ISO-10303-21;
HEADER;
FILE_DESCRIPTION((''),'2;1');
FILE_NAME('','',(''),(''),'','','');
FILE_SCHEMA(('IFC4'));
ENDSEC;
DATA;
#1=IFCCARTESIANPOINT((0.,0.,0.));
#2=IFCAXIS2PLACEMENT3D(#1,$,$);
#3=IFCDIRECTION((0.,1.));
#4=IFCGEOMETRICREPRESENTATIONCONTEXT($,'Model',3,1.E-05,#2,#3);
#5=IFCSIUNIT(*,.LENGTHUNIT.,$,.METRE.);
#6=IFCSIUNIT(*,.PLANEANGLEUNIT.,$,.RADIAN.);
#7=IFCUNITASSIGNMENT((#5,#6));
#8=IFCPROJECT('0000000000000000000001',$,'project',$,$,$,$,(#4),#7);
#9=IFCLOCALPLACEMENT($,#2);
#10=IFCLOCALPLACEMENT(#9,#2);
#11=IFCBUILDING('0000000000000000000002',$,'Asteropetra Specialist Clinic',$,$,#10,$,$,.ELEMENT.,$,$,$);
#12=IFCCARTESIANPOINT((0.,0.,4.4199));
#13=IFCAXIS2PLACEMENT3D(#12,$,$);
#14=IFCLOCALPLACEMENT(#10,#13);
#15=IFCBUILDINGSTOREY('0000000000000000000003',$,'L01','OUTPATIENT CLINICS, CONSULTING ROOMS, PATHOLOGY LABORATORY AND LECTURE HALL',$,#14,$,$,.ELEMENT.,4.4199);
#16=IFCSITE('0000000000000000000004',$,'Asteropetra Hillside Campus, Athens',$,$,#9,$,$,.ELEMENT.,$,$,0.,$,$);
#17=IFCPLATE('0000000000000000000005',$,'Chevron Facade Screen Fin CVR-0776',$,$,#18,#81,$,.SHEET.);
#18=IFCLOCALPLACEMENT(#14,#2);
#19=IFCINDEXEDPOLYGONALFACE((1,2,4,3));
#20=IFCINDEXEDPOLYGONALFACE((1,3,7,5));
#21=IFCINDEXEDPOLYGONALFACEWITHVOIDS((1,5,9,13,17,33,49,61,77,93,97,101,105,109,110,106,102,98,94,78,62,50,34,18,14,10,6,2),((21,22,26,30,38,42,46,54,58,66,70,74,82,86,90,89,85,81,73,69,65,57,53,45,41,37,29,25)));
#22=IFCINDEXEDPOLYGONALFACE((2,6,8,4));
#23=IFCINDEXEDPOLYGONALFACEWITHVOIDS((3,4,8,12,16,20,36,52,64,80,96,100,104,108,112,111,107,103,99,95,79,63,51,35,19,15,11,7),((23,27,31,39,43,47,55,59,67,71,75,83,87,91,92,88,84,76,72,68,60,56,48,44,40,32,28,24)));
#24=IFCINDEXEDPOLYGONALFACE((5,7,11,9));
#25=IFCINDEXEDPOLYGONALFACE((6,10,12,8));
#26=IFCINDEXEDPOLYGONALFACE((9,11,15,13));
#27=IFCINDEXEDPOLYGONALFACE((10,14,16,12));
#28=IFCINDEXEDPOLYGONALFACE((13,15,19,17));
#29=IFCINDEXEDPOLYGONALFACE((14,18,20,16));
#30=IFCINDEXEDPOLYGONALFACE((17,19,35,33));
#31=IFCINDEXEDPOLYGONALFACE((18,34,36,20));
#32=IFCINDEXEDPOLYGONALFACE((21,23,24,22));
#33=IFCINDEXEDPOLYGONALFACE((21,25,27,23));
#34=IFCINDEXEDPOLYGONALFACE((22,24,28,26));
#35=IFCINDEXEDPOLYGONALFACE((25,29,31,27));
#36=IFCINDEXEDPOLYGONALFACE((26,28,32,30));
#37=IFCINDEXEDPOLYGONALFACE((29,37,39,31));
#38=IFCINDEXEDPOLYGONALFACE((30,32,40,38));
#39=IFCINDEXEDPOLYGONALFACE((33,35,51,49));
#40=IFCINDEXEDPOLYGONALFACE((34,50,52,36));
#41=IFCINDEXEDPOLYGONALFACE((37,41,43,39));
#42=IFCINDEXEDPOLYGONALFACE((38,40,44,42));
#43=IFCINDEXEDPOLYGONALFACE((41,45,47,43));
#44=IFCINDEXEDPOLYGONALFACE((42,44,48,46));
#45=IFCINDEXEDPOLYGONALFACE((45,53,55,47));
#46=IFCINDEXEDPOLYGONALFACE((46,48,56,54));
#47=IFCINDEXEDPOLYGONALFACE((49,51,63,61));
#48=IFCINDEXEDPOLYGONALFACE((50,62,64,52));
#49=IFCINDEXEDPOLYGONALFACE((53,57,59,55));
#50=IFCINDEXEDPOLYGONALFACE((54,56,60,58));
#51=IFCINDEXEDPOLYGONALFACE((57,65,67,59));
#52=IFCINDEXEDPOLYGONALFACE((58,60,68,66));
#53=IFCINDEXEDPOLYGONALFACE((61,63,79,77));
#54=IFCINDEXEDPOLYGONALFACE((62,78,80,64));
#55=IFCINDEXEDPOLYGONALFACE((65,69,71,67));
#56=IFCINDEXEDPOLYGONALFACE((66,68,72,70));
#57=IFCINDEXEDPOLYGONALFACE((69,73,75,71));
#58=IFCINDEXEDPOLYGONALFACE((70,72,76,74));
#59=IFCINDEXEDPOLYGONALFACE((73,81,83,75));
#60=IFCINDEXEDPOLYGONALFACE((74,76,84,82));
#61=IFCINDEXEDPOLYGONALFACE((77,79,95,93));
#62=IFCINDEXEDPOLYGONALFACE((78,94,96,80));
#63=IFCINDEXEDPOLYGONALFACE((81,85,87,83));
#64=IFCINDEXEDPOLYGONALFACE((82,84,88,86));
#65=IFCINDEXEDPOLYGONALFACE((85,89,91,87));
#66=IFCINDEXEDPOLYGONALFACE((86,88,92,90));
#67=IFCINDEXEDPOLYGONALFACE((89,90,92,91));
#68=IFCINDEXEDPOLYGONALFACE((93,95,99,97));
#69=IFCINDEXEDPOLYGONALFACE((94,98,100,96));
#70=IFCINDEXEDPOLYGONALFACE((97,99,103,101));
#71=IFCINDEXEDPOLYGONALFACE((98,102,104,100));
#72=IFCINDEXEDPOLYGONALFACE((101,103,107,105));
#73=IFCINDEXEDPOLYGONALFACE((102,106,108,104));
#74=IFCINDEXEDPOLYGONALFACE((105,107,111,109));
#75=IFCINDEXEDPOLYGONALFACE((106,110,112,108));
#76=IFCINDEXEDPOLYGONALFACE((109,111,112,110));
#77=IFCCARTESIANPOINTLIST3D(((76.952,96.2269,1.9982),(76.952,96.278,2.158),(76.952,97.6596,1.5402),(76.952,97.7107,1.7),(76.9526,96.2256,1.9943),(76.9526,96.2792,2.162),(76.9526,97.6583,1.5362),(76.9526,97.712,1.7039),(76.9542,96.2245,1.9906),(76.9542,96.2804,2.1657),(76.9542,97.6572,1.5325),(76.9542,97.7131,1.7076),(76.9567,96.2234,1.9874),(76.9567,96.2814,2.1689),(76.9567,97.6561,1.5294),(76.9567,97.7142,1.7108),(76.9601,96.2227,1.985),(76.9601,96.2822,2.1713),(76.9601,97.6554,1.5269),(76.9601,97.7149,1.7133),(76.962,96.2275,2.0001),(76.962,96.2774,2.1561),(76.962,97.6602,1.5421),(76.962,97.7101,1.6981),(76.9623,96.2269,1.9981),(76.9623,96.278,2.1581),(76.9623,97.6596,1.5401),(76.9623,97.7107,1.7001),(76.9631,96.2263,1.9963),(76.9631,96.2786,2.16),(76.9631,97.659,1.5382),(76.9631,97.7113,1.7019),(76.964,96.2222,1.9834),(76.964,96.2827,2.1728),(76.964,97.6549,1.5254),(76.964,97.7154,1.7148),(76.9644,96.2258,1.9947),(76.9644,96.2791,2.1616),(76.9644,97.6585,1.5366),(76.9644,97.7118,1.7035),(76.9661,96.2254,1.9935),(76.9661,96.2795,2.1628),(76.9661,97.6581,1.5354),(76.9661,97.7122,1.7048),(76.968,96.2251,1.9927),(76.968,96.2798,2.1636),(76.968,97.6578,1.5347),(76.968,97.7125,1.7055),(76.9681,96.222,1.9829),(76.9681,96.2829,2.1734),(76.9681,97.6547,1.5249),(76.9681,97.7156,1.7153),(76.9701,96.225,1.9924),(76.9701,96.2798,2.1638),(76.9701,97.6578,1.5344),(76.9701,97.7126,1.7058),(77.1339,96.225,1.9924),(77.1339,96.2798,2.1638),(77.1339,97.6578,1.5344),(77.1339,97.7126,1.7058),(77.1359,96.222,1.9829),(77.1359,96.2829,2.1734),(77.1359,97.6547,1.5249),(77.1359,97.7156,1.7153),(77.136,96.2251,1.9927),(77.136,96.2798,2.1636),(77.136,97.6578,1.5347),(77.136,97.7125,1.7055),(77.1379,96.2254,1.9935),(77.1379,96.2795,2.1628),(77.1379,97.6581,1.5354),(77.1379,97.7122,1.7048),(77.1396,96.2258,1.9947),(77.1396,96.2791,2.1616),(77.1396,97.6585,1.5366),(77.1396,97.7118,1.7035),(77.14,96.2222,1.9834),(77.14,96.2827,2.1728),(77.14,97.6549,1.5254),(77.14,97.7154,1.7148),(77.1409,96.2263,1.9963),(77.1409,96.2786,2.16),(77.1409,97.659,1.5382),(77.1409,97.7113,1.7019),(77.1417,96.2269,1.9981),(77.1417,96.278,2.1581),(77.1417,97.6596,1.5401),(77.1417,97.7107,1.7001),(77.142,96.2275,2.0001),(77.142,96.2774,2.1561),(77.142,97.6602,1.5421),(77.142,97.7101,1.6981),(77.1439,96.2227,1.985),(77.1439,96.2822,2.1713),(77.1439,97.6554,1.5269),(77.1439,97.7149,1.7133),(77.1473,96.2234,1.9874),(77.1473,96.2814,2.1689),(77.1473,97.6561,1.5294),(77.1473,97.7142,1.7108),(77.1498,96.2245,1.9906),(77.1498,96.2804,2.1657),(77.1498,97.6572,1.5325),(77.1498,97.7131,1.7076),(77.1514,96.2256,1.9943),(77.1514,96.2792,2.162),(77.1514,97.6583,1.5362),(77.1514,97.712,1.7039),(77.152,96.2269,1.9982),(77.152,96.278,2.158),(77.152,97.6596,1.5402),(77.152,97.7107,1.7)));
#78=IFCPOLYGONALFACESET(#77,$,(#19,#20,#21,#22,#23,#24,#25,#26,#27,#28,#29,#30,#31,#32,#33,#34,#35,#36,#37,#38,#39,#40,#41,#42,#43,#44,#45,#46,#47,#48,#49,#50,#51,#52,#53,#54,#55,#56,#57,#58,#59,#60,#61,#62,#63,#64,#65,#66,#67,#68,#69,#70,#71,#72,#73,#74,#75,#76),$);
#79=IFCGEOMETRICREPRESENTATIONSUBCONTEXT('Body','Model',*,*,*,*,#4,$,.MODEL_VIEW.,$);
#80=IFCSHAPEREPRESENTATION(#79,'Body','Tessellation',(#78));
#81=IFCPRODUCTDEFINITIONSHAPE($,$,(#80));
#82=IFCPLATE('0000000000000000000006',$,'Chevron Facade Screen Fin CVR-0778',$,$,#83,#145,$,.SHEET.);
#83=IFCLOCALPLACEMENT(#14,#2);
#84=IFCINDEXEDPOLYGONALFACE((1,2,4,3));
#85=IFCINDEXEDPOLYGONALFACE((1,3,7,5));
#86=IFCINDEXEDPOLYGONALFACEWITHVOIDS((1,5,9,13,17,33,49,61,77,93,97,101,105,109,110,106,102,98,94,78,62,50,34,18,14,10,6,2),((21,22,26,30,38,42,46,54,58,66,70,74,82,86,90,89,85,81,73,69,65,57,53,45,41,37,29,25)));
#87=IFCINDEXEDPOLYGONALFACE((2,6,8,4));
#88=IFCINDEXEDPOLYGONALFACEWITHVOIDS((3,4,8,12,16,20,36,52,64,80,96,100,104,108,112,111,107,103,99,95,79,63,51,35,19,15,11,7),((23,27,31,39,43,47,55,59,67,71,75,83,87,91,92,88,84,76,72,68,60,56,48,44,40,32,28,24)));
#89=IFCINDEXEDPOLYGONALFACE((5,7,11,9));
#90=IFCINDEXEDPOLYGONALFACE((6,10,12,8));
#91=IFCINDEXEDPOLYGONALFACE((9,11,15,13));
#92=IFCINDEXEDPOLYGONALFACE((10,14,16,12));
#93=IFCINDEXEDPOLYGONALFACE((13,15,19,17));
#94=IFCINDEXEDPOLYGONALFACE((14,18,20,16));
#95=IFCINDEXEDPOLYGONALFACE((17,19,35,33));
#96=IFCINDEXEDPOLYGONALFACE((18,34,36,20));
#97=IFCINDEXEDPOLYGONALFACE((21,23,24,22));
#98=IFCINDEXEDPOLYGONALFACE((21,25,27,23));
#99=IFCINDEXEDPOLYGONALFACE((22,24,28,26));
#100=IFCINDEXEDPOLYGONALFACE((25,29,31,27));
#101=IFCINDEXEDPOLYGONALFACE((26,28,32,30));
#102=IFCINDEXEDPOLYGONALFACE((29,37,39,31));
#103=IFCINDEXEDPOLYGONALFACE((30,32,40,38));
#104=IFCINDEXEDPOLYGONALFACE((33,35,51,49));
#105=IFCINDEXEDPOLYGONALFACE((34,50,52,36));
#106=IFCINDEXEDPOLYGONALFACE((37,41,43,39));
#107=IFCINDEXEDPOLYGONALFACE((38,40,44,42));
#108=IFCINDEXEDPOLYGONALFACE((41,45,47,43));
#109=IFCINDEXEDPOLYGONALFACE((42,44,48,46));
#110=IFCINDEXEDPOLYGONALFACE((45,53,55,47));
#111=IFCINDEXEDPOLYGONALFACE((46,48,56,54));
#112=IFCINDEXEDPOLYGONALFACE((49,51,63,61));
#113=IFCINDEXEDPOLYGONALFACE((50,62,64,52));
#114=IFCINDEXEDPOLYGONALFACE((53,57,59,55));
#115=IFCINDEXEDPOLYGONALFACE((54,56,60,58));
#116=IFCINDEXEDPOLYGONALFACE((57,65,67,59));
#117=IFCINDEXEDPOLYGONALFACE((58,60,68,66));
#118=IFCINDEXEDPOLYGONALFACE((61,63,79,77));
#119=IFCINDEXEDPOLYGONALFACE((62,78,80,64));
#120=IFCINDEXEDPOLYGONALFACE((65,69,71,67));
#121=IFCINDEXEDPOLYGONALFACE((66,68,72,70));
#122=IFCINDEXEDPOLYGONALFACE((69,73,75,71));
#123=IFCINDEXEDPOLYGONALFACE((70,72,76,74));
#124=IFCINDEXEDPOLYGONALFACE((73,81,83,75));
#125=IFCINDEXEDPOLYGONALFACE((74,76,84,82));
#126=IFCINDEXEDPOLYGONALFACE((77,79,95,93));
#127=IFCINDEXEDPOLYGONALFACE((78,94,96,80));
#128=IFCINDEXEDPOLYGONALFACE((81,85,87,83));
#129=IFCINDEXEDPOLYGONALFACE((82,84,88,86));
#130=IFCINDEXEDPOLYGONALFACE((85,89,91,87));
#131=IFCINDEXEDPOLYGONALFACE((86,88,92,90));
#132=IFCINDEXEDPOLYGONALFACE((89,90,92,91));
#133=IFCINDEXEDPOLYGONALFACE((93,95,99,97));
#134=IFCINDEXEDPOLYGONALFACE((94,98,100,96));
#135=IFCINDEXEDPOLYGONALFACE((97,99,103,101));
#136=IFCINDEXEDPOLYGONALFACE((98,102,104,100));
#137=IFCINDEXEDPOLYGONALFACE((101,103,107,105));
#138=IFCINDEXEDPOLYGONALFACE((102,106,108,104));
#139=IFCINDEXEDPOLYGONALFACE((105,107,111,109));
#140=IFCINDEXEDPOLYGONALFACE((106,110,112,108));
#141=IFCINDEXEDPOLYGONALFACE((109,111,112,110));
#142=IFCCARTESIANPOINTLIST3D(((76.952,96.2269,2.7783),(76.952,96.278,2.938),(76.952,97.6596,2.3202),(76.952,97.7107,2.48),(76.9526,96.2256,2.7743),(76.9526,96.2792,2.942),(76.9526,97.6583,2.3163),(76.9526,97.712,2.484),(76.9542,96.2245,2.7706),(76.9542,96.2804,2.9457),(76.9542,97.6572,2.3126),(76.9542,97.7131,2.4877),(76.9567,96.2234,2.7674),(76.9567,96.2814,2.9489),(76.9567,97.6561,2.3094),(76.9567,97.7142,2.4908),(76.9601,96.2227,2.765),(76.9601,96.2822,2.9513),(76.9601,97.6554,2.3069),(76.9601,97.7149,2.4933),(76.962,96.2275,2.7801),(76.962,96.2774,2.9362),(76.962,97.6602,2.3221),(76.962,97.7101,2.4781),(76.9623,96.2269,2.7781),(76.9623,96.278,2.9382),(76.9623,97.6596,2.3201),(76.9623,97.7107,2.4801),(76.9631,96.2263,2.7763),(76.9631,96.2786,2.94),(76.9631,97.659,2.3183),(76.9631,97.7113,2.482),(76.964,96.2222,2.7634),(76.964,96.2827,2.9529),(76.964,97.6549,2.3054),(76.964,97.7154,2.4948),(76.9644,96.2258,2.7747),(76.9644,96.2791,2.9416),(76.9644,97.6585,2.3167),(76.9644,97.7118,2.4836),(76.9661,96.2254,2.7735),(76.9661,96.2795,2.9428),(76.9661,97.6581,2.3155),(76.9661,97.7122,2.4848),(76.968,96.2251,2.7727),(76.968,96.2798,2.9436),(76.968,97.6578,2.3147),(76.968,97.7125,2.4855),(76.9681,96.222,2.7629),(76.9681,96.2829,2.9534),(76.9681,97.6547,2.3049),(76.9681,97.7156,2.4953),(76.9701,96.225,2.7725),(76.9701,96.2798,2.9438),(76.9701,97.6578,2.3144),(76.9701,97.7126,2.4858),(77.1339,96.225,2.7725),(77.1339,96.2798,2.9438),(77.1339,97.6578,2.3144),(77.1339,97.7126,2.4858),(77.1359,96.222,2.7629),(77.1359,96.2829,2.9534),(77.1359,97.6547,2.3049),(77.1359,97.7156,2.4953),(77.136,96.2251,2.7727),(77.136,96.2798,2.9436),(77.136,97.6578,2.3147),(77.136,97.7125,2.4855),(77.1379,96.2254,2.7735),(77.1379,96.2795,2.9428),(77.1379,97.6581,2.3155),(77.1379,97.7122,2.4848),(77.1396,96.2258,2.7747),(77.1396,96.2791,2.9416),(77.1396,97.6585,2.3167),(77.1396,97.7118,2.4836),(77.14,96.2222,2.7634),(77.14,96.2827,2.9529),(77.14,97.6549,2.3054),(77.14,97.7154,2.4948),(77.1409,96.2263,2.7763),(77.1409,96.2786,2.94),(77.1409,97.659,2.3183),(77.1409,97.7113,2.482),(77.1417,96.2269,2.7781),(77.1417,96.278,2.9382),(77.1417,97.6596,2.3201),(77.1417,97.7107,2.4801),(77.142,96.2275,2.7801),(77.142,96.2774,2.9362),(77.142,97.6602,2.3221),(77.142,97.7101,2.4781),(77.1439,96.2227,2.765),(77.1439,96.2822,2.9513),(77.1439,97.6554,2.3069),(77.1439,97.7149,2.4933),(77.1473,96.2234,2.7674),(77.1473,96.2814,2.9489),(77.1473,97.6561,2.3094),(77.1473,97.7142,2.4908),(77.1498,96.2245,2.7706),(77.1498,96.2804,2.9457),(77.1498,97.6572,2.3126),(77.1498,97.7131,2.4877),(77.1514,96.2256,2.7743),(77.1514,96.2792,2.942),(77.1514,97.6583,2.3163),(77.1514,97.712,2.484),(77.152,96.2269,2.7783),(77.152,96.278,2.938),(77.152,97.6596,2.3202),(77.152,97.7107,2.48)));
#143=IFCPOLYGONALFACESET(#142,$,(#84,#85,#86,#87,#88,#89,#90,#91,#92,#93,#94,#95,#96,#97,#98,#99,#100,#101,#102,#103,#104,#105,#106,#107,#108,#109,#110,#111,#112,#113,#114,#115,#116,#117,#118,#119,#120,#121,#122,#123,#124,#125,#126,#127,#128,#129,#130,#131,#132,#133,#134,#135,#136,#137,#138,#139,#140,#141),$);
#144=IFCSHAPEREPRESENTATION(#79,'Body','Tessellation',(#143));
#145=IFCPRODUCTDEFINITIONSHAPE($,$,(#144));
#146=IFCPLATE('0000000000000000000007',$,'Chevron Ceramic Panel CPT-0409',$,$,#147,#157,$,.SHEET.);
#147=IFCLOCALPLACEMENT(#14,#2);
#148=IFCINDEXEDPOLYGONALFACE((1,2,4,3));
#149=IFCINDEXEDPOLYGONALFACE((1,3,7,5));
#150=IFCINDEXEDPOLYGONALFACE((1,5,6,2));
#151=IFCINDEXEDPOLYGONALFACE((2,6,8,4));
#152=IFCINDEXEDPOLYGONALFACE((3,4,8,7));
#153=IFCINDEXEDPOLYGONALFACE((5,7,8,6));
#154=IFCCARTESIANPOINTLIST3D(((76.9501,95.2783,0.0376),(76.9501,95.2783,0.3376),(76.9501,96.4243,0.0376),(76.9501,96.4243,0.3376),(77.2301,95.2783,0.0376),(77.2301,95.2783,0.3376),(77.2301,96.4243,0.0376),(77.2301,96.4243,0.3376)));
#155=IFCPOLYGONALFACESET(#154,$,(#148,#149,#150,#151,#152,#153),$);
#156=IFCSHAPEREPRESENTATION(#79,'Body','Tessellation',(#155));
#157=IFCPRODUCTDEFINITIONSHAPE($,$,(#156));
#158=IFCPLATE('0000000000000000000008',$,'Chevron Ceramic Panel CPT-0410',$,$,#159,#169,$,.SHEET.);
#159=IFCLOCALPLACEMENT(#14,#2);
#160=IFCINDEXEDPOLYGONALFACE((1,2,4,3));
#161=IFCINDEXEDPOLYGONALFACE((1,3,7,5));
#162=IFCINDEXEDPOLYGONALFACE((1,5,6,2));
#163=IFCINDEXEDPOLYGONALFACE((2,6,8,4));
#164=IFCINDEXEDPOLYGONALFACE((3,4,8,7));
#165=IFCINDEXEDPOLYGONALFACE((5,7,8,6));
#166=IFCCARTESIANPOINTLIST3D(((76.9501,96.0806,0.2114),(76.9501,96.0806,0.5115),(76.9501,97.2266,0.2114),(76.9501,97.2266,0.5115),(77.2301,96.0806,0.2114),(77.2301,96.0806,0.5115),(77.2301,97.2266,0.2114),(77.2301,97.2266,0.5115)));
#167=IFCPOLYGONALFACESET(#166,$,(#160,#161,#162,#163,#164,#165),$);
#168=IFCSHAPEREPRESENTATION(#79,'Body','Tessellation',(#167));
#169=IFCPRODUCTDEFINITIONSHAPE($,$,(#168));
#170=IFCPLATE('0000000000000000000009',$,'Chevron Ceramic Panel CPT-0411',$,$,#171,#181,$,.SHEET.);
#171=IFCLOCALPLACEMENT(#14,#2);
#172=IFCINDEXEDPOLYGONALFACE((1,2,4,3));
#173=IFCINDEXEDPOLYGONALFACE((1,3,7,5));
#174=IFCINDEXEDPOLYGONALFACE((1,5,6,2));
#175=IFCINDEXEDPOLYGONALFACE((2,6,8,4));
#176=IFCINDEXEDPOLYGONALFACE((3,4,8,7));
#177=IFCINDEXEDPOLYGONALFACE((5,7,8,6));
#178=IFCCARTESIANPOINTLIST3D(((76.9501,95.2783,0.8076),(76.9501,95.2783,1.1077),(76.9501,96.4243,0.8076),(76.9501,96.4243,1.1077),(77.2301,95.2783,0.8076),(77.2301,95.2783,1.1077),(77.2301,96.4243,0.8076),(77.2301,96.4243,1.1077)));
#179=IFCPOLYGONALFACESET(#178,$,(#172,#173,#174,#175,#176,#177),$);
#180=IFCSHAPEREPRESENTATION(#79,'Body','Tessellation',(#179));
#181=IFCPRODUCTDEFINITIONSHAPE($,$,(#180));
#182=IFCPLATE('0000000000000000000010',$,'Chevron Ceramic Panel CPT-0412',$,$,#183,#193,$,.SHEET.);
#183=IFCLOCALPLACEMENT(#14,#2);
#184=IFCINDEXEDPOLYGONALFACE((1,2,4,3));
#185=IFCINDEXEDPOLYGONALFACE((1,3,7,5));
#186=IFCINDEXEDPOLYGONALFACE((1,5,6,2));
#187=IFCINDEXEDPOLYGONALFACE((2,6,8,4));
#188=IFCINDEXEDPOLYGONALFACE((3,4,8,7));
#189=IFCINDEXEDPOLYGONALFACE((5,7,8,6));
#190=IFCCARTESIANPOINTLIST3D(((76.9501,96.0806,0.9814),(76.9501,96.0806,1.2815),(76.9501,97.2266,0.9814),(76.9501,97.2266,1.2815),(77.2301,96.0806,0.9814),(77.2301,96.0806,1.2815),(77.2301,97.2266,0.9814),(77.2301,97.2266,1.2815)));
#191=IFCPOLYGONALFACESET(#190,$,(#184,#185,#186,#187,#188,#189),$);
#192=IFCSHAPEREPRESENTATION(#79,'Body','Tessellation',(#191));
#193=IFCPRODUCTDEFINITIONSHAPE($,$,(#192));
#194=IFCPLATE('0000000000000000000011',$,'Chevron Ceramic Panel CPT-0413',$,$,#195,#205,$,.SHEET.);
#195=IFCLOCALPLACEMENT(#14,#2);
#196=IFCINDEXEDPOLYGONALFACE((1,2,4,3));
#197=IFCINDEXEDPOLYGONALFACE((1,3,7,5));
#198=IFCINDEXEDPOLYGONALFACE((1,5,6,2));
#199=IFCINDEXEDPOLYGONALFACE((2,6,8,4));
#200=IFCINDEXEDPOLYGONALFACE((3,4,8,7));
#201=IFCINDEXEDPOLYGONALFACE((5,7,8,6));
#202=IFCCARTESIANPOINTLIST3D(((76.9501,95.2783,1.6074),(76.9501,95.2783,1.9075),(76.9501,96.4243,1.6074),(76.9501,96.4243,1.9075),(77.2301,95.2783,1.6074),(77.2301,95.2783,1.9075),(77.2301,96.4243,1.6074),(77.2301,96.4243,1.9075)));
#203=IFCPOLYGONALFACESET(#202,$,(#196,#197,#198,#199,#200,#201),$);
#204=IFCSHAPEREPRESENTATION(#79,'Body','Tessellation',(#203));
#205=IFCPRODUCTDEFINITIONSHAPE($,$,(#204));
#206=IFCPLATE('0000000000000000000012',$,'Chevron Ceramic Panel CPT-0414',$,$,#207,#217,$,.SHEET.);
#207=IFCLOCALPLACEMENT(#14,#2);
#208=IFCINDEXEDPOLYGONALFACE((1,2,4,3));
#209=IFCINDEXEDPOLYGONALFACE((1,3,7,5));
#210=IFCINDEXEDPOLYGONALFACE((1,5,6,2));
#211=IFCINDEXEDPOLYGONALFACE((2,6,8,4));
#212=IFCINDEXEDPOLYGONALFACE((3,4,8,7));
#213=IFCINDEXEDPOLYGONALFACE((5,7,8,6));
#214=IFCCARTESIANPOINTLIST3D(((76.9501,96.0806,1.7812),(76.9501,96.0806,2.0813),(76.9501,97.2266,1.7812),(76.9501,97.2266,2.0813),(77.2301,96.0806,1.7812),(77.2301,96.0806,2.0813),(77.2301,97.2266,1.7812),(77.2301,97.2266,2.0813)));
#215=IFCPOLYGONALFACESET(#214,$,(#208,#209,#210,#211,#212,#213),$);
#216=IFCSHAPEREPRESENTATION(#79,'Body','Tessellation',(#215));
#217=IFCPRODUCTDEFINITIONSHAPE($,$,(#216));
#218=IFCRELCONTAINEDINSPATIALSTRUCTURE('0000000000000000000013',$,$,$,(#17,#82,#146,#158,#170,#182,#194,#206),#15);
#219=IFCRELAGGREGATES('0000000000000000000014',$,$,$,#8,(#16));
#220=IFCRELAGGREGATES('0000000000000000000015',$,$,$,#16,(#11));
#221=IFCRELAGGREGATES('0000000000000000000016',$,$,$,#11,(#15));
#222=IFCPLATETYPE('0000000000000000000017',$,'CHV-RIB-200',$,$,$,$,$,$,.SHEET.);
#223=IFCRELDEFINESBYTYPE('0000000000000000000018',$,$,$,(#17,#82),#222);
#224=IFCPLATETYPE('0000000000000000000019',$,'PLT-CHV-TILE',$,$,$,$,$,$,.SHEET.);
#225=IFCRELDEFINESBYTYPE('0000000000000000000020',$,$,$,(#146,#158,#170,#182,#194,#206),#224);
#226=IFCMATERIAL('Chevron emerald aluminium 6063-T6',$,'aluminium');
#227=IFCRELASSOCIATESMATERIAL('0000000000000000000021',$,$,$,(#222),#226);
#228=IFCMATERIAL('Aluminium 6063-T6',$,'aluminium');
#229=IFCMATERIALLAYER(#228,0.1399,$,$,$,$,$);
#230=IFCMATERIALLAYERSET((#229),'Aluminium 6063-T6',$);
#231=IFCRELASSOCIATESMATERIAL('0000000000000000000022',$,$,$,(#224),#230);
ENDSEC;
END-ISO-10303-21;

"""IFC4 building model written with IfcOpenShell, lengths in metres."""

from ifc_helpers import new_model, si_unit, direction, frame, origin, origin_2d, place, context, subcontext, project, spatial, rectangle, hollow_rectangle, extrude, material, layer, layer_set, material_profile, profile_set, type_object, element, save


model = new_model("IFC4")

# Units and contexts
model_context = context("Model", 3, precision=1e-05, world=origin(), true_north=direction((0.0, 1.0)))
body_context = subcontext(model_context, "Body", "Model", "MODEL_VIEW")
ifc_project = project(units=[si_unit("LENGTHUNIT", "METRE"), si_unit("PLANEANGLEUNIT", "RADIAN")], contexts=[model_context])

# Site, building, storey
site_placement = place(None, origin())
site = spatial("IfcSite", under=ifc_project, at=site_placement, Name="Asteropetra Hillside Campus, Athens", CompositionType="ELEMENT", RefElevation=0.0)
building_placement = place(site_placement, origin())
building = spatial("IfcBuilding", under=site, at=building_placement, Name="Asteropetra Specialist Clinic", CompositionType="ELEMENT")
storey_placement = place(building_placement, frame((0.0, 0.0, 4.4199)))
storey = spatial("IfcBuildingStorey", under=building, at=storey_placement, Name="L01", Description="OUTPATIENT CLINICS, CONSULTING ROOMS, PATHOLOGY LABORATORY AND LECTURE HALL", CompositionType="ELEMENT", Elevation=4.4199)

# Plates
ifc_material_1 = material(Name="Chevron emerald aluminium 6063-T6", Category="aluminium")
ifc_material_profile_1 = material_profile(ifc_material_1, hollow_rectangle(XDim=0.2, YDim=0.2, WallThickness=0.01, InnerFilletRadius=0.0081, OuterFilletRadius=0.0161, at=origin_2d()), Name="SHS 200x200x10.0")
ifc_profile_set_1 = profile_set([ifc_material_profile_1], Name="Chevron emerald aluminium 6063-T6")
plate_type_1 = type_object("IfcPlateType", Name="CHV-RIB-200", PredefinedType="SHEET", material=ifc_profile_set_1)
for number, where, z_axis, x_axis, name in (
    (1, (77.052, 96.2524, 2.0781), (0.0, 0.952507, -0.304517), (-1.0, 0.0, 0.0), "Chevron Facade Screen Fin CVR-0776"),
    (2, (77.052, 96.2524, 2.8582), (0.0, 0.952507, -0.304517), (-1.0, 0.0, 0.0), "Chevron Facade Screen Fin CVR-0778"),
):
    element("IfcPlate", number, at=place(storey_placement, frame(where, z_axis=z_axis, x_axis=x_axis)), inside=storey, type_object=plate_type_1, Name=name, PredefinedType="SHEET", context=body_context, shape_type="SweptSolid", body=[
        extrude(hollow_rectangle(XDim=0.2, YDim=0.2, WallThickness=0.01, InnerFilletRadius=0.0081, OuterFilletRadius=0.0161, at=origin_2d()), origin(), (0.0, 0.0, 1.0), 1.5042),
    ])
ifc_material_2 = material(Name="Aluminium 6063-T6", Category="aluminium")
ifc_layer_1 = layer(ifc_material_2, 0.1399)
ifc_layer_set_1 = layer_set([ifc_layer_1], Name="Aluminium 6063-T6")
plate_type_2 = type_object("IfcPlateType", Name="PLT-CHV-TILE", PredefinedType="SHEET", material=ifc_layer_set_1)
for number, where, z_axis, x_axis, name in (
    (3, (77.0901, 95.8513, 0.0376), (0.0, 0.0, 1.0), (1.0, 0.0, 0.0), "Chevron Ceramic Panel CPT-0409"),
    (4, (77.0901, 96.6536, 0.2114), (0.0, 0.0, 1.0), (1.0, 0.0, 0.0), "Chevron Ceramic Panel CPT-0410"),
    (5, (77.0901, 95.8513, 0.8076), (0.0, 0.0, 1.0), (1.0, 0.0, 0.0), "Chevron Ceramic Panel CPT-0411"),
    (6, (77.0901, 96.6536, 0.9814), (0.0, 0.0, 1.0), (1.0, 0.0, 0.0), "Chevron Ceramic Panel CPT-0412"),
    (7, (77.0901, 95.8513, 1.6074), (0.0, 0.0, 1.0), (1.0, 0.0, 0.0), "Chevron Ceramic Panel CPT-0413"),
    (8, (77.0901, 96.6536, 1.7812), (0.0, 0.0, 1.0), (1.0, 0.0, 0.0), "Chevron Ceramic Panel CPT-0414"),
):
    element("IfcPlate", number, at=place(storey_placement, frame(where, z_axis=z_axis, x_axis=x_axis)), inside=storey, type_object=plate_type_2, Name=name, PredefinedType="SHEET", context=body_context, shape_type="SweptSolid", body=[
        extrude(rectangle(XDim=0.28, YDim=1.146, at=origin_2d()), origin(), (0.0, 0.0, 1.0), 0.3),
    ])

save(model, "model.ifc")
